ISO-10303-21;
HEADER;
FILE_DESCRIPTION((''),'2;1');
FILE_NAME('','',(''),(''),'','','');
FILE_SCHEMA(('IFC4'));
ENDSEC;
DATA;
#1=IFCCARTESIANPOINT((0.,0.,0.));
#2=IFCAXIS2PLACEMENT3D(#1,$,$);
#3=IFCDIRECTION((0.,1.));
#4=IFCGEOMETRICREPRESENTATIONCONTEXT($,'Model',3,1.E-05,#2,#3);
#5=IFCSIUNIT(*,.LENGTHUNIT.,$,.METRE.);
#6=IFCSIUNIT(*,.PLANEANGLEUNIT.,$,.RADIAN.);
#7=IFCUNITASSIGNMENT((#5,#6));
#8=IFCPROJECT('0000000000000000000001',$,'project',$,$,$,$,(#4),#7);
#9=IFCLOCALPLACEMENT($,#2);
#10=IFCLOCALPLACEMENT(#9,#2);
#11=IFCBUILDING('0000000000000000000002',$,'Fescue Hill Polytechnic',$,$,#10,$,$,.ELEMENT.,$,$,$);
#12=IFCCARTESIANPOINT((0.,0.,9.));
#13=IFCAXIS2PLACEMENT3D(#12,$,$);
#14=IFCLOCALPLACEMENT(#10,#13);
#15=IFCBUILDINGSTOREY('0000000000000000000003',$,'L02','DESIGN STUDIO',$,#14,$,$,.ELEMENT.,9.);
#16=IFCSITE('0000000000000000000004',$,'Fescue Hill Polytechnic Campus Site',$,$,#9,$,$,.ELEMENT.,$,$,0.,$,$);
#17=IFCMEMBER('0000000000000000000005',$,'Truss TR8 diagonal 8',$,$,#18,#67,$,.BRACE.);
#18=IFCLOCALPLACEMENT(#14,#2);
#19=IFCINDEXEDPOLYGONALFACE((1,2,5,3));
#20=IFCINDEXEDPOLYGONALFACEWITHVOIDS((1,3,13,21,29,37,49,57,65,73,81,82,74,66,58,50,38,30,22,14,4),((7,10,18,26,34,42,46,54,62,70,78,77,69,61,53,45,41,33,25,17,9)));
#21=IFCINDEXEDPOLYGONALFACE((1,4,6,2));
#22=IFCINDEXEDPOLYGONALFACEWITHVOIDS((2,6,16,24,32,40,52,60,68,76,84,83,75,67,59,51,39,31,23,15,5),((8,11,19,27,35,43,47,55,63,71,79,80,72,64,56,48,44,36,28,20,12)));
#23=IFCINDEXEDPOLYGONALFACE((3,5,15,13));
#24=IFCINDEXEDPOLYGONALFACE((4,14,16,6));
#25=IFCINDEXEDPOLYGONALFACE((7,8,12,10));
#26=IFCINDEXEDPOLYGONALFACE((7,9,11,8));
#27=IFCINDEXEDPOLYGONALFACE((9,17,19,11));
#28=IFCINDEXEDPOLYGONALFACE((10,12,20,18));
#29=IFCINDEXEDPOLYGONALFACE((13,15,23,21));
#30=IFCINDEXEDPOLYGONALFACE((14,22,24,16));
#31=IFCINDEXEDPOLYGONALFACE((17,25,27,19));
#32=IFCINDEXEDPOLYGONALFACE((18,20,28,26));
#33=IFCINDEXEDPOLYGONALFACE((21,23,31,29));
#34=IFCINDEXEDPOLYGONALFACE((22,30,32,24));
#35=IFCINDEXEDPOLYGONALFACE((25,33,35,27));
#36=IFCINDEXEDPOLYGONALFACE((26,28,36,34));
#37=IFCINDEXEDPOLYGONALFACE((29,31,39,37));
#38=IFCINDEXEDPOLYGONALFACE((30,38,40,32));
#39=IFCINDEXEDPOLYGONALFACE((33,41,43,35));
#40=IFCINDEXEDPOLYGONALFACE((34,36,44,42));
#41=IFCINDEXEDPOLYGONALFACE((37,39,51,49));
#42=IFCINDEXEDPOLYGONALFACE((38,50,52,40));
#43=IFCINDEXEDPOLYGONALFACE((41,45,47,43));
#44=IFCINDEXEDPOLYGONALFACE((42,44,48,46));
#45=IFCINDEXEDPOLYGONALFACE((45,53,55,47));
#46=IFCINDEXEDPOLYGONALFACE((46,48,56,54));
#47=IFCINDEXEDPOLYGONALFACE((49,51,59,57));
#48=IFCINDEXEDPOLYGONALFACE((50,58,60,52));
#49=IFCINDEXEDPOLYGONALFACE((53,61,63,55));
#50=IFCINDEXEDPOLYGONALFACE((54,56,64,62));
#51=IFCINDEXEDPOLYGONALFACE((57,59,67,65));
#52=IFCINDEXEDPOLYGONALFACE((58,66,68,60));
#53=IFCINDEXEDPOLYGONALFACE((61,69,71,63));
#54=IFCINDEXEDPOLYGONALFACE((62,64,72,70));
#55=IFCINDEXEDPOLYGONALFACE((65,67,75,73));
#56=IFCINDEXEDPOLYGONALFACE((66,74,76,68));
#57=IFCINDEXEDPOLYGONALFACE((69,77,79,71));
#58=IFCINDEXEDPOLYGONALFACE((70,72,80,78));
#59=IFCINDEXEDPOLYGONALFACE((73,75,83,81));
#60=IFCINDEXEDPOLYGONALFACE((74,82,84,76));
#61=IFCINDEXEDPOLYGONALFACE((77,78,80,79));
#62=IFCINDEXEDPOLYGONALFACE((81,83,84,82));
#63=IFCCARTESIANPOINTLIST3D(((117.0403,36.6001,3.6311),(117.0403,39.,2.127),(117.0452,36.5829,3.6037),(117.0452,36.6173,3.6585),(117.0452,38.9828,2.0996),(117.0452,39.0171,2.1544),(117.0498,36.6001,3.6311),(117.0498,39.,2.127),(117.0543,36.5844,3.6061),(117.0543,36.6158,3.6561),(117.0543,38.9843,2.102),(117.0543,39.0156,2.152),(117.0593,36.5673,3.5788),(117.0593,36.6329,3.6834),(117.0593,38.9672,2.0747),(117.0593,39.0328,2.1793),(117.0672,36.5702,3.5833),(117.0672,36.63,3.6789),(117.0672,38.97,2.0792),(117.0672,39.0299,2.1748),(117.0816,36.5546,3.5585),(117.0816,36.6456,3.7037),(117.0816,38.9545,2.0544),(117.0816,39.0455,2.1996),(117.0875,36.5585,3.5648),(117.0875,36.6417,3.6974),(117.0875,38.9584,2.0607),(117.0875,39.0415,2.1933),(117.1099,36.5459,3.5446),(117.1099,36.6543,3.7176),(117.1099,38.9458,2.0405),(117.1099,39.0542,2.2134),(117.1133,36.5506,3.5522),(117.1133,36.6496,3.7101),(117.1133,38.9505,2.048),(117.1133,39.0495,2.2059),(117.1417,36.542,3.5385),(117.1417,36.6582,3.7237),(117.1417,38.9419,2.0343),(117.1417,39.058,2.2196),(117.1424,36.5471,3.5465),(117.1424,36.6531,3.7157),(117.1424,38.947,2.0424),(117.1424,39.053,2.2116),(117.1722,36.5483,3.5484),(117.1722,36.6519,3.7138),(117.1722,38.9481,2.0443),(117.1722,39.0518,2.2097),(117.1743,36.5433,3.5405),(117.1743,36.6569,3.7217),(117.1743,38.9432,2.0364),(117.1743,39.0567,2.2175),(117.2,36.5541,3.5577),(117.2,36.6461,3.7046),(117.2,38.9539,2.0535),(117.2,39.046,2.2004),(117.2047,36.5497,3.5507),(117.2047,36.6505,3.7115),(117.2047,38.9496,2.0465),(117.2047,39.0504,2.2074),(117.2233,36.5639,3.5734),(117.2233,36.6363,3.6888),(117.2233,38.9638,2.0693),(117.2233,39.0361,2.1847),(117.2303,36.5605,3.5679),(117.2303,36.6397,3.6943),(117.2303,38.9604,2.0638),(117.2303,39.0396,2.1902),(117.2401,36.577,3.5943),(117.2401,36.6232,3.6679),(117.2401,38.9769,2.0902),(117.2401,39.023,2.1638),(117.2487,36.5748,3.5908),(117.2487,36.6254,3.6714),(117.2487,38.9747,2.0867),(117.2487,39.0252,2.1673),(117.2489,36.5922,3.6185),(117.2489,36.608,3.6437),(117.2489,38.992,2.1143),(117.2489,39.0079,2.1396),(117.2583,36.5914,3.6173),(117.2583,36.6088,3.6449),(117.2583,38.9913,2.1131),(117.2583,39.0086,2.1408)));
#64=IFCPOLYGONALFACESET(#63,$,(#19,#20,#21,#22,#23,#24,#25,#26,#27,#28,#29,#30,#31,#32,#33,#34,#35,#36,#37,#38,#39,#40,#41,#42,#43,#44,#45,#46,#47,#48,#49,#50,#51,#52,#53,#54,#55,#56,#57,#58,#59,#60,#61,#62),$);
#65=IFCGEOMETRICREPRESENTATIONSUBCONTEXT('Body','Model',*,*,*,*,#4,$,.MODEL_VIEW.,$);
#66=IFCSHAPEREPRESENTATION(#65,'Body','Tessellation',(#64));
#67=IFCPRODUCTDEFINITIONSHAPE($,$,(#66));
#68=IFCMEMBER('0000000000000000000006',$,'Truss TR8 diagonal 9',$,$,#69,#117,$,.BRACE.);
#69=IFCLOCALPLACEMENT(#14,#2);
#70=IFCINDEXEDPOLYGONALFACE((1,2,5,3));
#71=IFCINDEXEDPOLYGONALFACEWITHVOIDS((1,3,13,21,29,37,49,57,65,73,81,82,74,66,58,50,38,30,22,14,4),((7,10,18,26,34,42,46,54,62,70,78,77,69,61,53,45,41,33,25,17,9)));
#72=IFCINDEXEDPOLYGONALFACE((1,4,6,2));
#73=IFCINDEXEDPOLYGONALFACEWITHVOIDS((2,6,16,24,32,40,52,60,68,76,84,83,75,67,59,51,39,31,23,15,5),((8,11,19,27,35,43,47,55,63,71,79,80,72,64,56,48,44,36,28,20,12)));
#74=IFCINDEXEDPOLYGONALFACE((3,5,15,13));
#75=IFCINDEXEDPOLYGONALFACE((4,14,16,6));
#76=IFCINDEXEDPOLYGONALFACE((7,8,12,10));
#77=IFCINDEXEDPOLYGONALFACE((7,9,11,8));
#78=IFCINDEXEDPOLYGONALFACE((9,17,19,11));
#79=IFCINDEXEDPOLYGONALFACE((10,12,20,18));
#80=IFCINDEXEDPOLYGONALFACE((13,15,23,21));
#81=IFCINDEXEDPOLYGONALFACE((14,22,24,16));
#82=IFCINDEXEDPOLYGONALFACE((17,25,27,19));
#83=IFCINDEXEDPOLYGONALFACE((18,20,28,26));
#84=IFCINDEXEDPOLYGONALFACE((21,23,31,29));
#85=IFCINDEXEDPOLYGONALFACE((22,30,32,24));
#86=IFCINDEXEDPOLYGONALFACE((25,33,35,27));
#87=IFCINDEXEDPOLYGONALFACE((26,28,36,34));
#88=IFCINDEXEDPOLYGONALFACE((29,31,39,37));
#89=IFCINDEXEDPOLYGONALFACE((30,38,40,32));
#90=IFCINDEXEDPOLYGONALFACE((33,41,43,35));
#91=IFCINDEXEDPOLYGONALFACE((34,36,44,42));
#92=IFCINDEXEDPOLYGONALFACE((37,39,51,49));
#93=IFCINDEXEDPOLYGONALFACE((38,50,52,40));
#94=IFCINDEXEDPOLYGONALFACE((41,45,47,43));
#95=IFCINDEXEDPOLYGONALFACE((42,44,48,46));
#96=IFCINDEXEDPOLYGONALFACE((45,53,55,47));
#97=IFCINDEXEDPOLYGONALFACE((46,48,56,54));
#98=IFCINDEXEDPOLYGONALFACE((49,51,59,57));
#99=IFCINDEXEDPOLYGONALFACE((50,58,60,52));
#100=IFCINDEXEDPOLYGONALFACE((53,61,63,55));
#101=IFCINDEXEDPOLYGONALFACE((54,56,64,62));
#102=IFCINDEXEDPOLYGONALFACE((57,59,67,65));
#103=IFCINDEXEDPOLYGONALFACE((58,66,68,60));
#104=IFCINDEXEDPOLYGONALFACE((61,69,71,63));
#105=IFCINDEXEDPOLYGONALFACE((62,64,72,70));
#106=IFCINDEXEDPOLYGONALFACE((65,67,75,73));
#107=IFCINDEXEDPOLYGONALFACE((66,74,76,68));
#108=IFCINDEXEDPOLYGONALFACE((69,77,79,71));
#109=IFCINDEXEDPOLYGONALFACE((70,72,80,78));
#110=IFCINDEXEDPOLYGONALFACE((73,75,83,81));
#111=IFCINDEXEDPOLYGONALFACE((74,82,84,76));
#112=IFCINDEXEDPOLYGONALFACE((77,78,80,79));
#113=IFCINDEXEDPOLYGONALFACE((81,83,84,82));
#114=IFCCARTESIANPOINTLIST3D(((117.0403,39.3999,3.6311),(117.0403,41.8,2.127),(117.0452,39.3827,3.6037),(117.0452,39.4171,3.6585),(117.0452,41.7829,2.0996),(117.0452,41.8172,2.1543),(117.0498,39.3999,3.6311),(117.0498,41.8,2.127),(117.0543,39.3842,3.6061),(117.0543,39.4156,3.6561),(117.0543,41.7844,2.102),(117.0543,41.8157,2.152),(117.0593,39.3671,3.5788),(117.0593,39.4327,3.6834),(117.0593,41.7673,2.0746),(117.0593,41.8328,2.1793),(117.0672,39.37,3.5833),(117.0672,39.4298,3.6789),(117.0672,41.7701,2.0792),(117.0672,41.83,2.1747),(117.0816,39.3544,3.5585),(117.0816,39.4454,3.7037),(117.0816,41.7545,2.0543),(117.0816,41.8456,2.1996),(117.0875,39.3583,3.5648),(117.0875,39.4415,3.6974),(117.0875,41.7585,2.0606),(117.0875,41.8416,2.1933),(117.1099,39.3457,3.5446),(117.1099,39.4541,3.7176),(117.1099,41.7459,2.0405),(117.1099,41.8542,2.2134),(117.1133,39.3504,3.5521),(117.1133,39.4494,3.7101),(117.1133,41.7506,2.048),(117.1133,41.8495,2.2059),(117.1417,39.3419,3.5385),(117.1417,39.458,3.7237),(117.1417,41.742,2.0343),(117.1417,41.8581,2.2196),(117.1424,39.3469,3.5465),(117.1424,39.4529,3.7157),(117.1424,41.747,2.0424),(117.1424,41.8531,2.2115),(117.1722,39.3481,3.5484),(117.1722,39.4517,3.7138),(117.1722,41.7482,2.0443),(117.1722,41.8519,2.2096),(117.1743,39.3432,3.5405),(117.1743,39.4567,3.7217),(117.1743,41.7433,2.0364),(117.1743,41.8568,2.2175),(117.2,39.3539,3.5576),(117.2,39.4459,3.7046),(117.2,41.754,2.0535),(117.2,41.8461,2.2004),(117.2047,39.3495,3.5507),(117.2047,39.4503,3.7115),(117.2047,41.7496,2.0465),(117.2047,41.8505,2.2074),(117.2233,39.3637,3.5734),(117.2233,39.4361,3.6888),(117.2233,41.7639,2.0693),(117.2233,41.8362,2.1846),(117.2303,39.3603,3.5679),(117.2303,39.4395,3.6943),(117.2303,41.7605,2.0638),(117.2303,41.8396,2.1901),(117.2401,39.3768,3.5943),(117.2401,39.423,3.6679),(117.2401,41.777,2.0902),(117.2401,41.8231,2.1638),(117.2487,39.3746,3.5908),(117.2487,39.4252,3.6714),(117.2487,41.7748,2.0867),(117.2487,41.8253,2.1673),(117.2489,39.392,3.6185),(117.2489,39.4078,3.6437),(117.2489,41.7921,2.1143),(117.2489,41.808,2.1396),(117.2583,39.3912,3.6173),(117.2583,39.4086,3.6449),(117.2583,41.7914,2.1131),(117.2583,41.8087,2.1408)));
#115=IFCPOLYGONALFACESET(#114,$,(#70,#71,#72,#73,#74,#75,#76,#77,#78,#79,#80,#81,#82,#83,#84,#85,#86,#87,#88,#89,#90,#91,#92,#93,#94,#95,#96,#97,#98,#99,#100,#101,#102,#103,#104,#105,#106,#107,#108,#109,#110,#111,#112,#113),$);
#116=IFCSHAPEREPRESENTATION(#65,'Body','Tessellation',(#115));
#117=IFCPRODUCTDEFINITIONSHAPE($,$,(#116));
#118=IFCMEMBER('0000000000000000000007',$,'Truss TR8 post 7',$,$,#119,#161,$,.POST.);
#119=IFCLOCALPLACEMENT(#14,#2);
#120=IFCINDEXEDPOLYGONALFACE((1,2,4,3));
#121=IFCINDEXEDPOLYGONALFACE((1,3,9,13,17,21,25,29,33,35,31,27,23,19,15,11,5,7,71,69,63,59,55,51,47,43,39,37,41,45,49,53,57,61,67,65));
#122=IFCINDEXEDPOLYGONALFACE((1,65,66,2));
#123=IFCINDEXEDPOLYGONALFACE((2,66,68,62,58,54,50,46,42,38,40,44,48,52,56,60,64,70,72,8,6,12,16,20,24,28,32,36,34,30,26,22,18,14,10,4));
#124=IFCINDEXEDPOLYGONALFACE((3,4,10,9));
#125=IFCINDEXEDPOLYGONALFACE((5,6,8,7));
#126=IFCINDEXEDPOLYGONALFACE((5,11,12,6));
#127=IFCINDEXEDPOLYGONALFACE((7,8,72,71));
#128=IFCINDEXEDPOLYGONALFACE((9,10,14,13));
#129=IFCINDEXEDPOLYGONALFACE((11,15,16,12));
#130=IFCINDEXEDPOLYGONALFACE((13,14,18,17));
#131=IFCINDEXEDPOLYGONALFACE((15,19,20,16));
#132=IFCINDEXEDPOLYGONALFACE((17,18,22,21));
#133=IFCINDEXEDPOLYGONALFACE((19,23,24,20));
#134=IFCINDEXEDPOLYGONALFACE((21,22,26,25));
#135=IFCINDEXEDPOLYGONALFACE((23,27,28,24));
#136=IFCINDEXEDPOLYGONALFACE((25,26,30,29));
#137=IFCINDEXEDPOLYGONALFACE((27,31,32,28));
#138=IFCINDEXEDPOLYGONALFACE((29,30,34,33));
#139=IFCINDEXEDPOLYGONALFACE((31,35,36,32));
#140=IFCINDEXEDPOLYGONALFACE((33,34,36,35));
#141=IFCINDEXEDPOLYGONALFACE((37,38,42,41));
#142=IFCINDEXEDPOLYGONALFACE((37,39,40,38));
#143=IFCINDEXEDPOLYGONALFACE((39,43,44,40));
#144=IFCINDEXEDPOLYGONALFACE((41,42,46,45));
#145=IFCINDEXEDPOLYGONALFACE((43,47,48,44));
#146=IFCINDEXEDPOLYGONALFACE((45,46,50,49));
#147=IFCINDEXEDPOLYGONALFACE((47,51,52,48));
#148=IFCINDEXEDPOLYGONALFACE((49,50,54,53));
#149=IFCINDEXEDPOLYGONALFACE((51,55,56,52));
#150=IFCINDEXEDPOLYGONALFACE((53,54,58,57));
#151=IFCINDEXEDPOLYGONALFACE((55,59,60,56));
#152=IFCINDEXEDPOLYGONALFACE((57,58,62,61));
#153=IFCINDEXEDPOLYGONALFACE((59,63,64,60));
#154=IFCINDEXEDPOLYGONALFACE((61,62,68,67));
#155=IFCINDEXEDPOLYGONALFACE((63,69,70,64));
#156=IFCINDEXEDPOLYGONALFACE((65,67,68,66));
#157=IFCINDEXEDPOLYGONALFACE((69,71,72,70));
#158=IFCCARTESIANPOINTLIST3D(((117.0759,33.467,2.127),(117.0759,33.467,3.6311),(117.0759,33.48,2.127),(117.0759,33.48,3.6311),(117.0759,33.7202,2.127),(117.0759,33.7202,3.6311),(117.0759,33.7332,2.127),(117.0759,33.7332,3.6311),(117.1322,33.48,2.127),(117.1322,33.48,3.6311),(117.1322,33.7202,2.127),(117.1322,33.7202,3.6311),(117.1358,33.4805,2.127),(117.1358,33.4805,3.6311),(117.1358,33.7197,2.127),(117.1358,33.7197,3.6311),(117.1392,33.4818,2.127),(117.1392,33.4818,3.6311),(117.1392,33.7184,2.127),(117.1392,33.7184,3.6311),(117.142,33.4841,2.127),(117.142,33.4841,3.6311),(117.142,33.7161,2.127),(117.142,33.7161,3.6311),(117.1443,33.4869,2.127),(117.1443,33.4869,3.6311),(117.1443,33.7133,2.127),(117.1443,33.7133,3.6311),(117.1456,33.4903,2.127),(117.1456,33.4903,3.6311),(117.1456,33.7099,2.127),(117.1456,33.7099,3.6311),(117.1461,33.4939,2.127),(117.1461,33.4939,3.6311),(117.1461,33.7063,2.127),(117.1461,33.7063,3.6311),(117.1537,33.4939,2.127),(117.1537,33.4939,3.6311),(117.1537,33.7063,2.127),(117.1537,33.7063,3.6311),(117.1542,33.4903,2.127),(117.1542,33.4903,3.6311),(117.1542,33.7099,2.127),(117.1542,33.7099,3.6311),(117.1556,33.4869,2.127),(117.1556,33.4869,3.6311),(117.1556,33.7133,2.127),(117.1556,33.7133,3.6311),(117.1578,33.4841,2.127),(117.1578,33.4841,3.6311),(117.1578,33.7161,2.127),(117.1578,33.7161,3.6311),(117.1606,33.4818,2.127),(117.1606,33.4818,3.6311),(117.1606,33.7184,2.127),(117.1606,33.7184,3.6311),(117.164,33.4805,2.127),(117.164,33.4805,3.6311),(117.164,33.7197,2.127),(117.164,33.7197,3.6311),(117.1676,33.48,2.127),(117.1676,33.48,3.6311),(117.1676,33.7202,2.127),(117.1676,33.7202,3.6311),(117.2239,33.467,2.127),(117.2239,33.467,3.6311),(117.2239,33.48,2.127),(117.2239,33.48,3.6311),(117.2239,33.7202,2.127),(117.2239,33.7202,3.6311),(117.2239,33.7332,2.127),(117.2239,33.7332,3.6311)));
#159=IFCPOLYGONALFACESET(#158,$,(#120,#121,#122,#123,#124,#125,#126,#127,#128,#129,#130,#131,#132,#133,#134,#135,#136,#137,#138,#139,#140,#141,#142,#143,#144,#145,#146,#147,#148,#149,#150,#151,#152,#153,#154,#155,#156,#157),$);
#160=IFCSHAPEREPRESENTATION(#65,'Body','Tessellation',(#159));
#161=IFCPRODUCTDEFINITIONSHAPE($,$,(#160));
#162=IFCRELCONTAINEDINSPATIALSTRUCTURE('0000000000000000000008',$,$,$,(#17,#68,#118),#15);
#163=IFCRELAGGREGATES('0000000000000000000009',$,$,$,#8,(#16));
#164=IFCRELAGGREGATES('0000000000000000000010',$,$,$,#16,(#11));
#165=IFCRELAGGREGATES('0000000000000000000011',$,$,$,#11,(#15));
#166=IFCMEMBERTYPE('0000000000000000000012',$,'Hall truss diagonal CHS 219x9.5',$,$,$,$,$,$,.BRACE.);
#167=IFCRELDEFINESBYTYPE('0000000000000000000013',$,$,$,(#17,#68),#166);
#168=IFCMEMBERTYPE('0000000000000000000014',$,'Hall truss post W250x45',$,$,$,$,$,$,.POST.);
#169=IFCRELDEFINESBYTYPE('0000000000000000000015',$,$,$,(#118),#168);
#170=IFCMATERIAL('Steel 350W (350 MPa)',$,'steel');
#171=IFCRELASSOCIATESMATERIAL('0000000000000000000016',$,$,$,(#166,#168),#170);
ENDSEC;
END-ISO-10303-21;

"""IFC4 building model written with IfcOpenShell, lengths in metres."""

from ifc_helpers import new_model, si_unit, direction, frame, origin, origin_2d, place, context, subcontext, project, spatial, hollow_circle, i_section, extrude, material, material_profile, profile_set, type_object, element, save


model = new_model("IFC4")

# Units and contexts
model_context = context("Model", 3, precision=1e-05, world=origin(), true_north=direction((0.0, 1.0)))
body_context = subcontext(model_context, "Body", "Model", "MODEL_VIEW")
ifc_project = project(units=[si_unit("LENGTHUNIT", "METRE"), si_unit("PLANEANGLEUNIT", "RADIAN")], contexts=[model_context])

# Site, building, storey
site_placement = place(None, origin())
site = spatial("IfcSite", under=ifc_project, at=site_placement, Name="Fescue Hill Polytechnic Campus Site", CompositionType="ELEMENT", RefElevation=0.0)
building_placement = place(site_placement, origin())
building = spatial("IfcBuilding", under=site, at=building_placement, Name="Fescue Hill Polytechnic", CompositionType="ELEMENT")
storey_placement = place(building_placement, frame((0.0, 0.0, 9.0)))
storey = spatial("IfcBuildingStorey", under=building, at=storey_placement, Name="L02", Description="DESIGN STUDIO", CompositionType="ELEMENT", Elevation=9.0)

# Members
ifc_material_1 = material(Name="Steel 350W (350 MPa)", Category="steel")
ifc_material_profile_1 = material_profile(ifc_material_1, hollow_circle(Radius=0.1096, WallThickness=0.0095, at=origin_2d()), Name="Hall truss diagonal CHS 219x9.5")
ifc_profile_set_1 = profile_set([ifc_material_profile_1], Name="Steel 350W (350 MPa)")
member_type_1 = type_object("IfcMemberType", Name="Hall truss diagonal CHS 219x9.5", PredefinedType="BRACE", material=ifc_profile_set_1)
for number, where, z_axis, x_axis, name in (
    (1, (117.1499, 36.6001, 3.6311), (0.0, 0.847329, -0.531068), (-1.0, 0.0, 0.0), "Truss TR8 diagonal 8"),
):
    element("IfcMember", number, at=place(storey_placement, frame(where, z_axis=z_axis, x_axis=x_axis)), inside=storey, type_object=member_type_1, Name=name, PredefinedType="BRACE", context=body_context, shape_type="SweptSolid", body=[
        extrude(hollow_circle(Radius=0.1096, WallThickness=0.0095, at=origin_2d()), origin(), (0.0, 0.0, 1.0), 2.8323),
    ])
member_1_placement = place(storey_placement, frame((117.1499, 39.3999, 3.6311), z_axis=(0.0, 0.847354, -0.531029), x_axis=(-1.0, 0.0, 0.0)))
element("IfcMember", 2, at=member_1_placement, inside=storey, type_object=member_type_1, Name="Truss TR8 diagonal 9", PredefinedType="BRACE", context=body_context, shape_type="SweptSolid", body=[
    extrude(hollow_circle(Radius=0.1096, WallThickness=0.0095, at=origin_2d()), origin(), (0.0, 0.0, 1.0), 2.8325),
])
ifc_material_profile_2 = material_profile(ifc_material_1, i_section(OverallWidth=0.1479, OverallDepth=0.2661, WebThickness=0.0076, FlangeThickness=0.0129, FilletRadius=0.0139, at=origin_2d()), Name="W250x45")
ifc_profile_set_2 = profile_set([ifc_material_profile_2], Name="Steel 350W (350 MPa)")
member_type_2 = type_object("IfcMemberType", Name="Hall truss post W250x45", PredefinedType="POST", material=ifc_profile_set_2)
for number, where, z_axis, x_axis, name in (
    (3, (117.1499, 33.6001, 2.127), (0.0, 0.0, 1.0), (1.0, 0.0, 0.0), "Truss TR8 post 7"),
):
    element("IfcMember", number, at=place(storey_placement, frame(where, z_axis=z_axis, x_axis=x_axis)), inside=storey, type_object=member_type_2, Name=name, PredefinedType="POST", context=body_context, shape_type="SweptSolid", body=[
        extrude(i_section(OverallWidth=0.1479, OverallDepth=0.2661, WebThickness=0.0076, FlangeThickness=0.0129, FilletRadius=0.0139, at=origin_2d()), origin(), (0.0, 0.0, 1.0), 1.5042),
    ])

save(model, "model.ifc")
